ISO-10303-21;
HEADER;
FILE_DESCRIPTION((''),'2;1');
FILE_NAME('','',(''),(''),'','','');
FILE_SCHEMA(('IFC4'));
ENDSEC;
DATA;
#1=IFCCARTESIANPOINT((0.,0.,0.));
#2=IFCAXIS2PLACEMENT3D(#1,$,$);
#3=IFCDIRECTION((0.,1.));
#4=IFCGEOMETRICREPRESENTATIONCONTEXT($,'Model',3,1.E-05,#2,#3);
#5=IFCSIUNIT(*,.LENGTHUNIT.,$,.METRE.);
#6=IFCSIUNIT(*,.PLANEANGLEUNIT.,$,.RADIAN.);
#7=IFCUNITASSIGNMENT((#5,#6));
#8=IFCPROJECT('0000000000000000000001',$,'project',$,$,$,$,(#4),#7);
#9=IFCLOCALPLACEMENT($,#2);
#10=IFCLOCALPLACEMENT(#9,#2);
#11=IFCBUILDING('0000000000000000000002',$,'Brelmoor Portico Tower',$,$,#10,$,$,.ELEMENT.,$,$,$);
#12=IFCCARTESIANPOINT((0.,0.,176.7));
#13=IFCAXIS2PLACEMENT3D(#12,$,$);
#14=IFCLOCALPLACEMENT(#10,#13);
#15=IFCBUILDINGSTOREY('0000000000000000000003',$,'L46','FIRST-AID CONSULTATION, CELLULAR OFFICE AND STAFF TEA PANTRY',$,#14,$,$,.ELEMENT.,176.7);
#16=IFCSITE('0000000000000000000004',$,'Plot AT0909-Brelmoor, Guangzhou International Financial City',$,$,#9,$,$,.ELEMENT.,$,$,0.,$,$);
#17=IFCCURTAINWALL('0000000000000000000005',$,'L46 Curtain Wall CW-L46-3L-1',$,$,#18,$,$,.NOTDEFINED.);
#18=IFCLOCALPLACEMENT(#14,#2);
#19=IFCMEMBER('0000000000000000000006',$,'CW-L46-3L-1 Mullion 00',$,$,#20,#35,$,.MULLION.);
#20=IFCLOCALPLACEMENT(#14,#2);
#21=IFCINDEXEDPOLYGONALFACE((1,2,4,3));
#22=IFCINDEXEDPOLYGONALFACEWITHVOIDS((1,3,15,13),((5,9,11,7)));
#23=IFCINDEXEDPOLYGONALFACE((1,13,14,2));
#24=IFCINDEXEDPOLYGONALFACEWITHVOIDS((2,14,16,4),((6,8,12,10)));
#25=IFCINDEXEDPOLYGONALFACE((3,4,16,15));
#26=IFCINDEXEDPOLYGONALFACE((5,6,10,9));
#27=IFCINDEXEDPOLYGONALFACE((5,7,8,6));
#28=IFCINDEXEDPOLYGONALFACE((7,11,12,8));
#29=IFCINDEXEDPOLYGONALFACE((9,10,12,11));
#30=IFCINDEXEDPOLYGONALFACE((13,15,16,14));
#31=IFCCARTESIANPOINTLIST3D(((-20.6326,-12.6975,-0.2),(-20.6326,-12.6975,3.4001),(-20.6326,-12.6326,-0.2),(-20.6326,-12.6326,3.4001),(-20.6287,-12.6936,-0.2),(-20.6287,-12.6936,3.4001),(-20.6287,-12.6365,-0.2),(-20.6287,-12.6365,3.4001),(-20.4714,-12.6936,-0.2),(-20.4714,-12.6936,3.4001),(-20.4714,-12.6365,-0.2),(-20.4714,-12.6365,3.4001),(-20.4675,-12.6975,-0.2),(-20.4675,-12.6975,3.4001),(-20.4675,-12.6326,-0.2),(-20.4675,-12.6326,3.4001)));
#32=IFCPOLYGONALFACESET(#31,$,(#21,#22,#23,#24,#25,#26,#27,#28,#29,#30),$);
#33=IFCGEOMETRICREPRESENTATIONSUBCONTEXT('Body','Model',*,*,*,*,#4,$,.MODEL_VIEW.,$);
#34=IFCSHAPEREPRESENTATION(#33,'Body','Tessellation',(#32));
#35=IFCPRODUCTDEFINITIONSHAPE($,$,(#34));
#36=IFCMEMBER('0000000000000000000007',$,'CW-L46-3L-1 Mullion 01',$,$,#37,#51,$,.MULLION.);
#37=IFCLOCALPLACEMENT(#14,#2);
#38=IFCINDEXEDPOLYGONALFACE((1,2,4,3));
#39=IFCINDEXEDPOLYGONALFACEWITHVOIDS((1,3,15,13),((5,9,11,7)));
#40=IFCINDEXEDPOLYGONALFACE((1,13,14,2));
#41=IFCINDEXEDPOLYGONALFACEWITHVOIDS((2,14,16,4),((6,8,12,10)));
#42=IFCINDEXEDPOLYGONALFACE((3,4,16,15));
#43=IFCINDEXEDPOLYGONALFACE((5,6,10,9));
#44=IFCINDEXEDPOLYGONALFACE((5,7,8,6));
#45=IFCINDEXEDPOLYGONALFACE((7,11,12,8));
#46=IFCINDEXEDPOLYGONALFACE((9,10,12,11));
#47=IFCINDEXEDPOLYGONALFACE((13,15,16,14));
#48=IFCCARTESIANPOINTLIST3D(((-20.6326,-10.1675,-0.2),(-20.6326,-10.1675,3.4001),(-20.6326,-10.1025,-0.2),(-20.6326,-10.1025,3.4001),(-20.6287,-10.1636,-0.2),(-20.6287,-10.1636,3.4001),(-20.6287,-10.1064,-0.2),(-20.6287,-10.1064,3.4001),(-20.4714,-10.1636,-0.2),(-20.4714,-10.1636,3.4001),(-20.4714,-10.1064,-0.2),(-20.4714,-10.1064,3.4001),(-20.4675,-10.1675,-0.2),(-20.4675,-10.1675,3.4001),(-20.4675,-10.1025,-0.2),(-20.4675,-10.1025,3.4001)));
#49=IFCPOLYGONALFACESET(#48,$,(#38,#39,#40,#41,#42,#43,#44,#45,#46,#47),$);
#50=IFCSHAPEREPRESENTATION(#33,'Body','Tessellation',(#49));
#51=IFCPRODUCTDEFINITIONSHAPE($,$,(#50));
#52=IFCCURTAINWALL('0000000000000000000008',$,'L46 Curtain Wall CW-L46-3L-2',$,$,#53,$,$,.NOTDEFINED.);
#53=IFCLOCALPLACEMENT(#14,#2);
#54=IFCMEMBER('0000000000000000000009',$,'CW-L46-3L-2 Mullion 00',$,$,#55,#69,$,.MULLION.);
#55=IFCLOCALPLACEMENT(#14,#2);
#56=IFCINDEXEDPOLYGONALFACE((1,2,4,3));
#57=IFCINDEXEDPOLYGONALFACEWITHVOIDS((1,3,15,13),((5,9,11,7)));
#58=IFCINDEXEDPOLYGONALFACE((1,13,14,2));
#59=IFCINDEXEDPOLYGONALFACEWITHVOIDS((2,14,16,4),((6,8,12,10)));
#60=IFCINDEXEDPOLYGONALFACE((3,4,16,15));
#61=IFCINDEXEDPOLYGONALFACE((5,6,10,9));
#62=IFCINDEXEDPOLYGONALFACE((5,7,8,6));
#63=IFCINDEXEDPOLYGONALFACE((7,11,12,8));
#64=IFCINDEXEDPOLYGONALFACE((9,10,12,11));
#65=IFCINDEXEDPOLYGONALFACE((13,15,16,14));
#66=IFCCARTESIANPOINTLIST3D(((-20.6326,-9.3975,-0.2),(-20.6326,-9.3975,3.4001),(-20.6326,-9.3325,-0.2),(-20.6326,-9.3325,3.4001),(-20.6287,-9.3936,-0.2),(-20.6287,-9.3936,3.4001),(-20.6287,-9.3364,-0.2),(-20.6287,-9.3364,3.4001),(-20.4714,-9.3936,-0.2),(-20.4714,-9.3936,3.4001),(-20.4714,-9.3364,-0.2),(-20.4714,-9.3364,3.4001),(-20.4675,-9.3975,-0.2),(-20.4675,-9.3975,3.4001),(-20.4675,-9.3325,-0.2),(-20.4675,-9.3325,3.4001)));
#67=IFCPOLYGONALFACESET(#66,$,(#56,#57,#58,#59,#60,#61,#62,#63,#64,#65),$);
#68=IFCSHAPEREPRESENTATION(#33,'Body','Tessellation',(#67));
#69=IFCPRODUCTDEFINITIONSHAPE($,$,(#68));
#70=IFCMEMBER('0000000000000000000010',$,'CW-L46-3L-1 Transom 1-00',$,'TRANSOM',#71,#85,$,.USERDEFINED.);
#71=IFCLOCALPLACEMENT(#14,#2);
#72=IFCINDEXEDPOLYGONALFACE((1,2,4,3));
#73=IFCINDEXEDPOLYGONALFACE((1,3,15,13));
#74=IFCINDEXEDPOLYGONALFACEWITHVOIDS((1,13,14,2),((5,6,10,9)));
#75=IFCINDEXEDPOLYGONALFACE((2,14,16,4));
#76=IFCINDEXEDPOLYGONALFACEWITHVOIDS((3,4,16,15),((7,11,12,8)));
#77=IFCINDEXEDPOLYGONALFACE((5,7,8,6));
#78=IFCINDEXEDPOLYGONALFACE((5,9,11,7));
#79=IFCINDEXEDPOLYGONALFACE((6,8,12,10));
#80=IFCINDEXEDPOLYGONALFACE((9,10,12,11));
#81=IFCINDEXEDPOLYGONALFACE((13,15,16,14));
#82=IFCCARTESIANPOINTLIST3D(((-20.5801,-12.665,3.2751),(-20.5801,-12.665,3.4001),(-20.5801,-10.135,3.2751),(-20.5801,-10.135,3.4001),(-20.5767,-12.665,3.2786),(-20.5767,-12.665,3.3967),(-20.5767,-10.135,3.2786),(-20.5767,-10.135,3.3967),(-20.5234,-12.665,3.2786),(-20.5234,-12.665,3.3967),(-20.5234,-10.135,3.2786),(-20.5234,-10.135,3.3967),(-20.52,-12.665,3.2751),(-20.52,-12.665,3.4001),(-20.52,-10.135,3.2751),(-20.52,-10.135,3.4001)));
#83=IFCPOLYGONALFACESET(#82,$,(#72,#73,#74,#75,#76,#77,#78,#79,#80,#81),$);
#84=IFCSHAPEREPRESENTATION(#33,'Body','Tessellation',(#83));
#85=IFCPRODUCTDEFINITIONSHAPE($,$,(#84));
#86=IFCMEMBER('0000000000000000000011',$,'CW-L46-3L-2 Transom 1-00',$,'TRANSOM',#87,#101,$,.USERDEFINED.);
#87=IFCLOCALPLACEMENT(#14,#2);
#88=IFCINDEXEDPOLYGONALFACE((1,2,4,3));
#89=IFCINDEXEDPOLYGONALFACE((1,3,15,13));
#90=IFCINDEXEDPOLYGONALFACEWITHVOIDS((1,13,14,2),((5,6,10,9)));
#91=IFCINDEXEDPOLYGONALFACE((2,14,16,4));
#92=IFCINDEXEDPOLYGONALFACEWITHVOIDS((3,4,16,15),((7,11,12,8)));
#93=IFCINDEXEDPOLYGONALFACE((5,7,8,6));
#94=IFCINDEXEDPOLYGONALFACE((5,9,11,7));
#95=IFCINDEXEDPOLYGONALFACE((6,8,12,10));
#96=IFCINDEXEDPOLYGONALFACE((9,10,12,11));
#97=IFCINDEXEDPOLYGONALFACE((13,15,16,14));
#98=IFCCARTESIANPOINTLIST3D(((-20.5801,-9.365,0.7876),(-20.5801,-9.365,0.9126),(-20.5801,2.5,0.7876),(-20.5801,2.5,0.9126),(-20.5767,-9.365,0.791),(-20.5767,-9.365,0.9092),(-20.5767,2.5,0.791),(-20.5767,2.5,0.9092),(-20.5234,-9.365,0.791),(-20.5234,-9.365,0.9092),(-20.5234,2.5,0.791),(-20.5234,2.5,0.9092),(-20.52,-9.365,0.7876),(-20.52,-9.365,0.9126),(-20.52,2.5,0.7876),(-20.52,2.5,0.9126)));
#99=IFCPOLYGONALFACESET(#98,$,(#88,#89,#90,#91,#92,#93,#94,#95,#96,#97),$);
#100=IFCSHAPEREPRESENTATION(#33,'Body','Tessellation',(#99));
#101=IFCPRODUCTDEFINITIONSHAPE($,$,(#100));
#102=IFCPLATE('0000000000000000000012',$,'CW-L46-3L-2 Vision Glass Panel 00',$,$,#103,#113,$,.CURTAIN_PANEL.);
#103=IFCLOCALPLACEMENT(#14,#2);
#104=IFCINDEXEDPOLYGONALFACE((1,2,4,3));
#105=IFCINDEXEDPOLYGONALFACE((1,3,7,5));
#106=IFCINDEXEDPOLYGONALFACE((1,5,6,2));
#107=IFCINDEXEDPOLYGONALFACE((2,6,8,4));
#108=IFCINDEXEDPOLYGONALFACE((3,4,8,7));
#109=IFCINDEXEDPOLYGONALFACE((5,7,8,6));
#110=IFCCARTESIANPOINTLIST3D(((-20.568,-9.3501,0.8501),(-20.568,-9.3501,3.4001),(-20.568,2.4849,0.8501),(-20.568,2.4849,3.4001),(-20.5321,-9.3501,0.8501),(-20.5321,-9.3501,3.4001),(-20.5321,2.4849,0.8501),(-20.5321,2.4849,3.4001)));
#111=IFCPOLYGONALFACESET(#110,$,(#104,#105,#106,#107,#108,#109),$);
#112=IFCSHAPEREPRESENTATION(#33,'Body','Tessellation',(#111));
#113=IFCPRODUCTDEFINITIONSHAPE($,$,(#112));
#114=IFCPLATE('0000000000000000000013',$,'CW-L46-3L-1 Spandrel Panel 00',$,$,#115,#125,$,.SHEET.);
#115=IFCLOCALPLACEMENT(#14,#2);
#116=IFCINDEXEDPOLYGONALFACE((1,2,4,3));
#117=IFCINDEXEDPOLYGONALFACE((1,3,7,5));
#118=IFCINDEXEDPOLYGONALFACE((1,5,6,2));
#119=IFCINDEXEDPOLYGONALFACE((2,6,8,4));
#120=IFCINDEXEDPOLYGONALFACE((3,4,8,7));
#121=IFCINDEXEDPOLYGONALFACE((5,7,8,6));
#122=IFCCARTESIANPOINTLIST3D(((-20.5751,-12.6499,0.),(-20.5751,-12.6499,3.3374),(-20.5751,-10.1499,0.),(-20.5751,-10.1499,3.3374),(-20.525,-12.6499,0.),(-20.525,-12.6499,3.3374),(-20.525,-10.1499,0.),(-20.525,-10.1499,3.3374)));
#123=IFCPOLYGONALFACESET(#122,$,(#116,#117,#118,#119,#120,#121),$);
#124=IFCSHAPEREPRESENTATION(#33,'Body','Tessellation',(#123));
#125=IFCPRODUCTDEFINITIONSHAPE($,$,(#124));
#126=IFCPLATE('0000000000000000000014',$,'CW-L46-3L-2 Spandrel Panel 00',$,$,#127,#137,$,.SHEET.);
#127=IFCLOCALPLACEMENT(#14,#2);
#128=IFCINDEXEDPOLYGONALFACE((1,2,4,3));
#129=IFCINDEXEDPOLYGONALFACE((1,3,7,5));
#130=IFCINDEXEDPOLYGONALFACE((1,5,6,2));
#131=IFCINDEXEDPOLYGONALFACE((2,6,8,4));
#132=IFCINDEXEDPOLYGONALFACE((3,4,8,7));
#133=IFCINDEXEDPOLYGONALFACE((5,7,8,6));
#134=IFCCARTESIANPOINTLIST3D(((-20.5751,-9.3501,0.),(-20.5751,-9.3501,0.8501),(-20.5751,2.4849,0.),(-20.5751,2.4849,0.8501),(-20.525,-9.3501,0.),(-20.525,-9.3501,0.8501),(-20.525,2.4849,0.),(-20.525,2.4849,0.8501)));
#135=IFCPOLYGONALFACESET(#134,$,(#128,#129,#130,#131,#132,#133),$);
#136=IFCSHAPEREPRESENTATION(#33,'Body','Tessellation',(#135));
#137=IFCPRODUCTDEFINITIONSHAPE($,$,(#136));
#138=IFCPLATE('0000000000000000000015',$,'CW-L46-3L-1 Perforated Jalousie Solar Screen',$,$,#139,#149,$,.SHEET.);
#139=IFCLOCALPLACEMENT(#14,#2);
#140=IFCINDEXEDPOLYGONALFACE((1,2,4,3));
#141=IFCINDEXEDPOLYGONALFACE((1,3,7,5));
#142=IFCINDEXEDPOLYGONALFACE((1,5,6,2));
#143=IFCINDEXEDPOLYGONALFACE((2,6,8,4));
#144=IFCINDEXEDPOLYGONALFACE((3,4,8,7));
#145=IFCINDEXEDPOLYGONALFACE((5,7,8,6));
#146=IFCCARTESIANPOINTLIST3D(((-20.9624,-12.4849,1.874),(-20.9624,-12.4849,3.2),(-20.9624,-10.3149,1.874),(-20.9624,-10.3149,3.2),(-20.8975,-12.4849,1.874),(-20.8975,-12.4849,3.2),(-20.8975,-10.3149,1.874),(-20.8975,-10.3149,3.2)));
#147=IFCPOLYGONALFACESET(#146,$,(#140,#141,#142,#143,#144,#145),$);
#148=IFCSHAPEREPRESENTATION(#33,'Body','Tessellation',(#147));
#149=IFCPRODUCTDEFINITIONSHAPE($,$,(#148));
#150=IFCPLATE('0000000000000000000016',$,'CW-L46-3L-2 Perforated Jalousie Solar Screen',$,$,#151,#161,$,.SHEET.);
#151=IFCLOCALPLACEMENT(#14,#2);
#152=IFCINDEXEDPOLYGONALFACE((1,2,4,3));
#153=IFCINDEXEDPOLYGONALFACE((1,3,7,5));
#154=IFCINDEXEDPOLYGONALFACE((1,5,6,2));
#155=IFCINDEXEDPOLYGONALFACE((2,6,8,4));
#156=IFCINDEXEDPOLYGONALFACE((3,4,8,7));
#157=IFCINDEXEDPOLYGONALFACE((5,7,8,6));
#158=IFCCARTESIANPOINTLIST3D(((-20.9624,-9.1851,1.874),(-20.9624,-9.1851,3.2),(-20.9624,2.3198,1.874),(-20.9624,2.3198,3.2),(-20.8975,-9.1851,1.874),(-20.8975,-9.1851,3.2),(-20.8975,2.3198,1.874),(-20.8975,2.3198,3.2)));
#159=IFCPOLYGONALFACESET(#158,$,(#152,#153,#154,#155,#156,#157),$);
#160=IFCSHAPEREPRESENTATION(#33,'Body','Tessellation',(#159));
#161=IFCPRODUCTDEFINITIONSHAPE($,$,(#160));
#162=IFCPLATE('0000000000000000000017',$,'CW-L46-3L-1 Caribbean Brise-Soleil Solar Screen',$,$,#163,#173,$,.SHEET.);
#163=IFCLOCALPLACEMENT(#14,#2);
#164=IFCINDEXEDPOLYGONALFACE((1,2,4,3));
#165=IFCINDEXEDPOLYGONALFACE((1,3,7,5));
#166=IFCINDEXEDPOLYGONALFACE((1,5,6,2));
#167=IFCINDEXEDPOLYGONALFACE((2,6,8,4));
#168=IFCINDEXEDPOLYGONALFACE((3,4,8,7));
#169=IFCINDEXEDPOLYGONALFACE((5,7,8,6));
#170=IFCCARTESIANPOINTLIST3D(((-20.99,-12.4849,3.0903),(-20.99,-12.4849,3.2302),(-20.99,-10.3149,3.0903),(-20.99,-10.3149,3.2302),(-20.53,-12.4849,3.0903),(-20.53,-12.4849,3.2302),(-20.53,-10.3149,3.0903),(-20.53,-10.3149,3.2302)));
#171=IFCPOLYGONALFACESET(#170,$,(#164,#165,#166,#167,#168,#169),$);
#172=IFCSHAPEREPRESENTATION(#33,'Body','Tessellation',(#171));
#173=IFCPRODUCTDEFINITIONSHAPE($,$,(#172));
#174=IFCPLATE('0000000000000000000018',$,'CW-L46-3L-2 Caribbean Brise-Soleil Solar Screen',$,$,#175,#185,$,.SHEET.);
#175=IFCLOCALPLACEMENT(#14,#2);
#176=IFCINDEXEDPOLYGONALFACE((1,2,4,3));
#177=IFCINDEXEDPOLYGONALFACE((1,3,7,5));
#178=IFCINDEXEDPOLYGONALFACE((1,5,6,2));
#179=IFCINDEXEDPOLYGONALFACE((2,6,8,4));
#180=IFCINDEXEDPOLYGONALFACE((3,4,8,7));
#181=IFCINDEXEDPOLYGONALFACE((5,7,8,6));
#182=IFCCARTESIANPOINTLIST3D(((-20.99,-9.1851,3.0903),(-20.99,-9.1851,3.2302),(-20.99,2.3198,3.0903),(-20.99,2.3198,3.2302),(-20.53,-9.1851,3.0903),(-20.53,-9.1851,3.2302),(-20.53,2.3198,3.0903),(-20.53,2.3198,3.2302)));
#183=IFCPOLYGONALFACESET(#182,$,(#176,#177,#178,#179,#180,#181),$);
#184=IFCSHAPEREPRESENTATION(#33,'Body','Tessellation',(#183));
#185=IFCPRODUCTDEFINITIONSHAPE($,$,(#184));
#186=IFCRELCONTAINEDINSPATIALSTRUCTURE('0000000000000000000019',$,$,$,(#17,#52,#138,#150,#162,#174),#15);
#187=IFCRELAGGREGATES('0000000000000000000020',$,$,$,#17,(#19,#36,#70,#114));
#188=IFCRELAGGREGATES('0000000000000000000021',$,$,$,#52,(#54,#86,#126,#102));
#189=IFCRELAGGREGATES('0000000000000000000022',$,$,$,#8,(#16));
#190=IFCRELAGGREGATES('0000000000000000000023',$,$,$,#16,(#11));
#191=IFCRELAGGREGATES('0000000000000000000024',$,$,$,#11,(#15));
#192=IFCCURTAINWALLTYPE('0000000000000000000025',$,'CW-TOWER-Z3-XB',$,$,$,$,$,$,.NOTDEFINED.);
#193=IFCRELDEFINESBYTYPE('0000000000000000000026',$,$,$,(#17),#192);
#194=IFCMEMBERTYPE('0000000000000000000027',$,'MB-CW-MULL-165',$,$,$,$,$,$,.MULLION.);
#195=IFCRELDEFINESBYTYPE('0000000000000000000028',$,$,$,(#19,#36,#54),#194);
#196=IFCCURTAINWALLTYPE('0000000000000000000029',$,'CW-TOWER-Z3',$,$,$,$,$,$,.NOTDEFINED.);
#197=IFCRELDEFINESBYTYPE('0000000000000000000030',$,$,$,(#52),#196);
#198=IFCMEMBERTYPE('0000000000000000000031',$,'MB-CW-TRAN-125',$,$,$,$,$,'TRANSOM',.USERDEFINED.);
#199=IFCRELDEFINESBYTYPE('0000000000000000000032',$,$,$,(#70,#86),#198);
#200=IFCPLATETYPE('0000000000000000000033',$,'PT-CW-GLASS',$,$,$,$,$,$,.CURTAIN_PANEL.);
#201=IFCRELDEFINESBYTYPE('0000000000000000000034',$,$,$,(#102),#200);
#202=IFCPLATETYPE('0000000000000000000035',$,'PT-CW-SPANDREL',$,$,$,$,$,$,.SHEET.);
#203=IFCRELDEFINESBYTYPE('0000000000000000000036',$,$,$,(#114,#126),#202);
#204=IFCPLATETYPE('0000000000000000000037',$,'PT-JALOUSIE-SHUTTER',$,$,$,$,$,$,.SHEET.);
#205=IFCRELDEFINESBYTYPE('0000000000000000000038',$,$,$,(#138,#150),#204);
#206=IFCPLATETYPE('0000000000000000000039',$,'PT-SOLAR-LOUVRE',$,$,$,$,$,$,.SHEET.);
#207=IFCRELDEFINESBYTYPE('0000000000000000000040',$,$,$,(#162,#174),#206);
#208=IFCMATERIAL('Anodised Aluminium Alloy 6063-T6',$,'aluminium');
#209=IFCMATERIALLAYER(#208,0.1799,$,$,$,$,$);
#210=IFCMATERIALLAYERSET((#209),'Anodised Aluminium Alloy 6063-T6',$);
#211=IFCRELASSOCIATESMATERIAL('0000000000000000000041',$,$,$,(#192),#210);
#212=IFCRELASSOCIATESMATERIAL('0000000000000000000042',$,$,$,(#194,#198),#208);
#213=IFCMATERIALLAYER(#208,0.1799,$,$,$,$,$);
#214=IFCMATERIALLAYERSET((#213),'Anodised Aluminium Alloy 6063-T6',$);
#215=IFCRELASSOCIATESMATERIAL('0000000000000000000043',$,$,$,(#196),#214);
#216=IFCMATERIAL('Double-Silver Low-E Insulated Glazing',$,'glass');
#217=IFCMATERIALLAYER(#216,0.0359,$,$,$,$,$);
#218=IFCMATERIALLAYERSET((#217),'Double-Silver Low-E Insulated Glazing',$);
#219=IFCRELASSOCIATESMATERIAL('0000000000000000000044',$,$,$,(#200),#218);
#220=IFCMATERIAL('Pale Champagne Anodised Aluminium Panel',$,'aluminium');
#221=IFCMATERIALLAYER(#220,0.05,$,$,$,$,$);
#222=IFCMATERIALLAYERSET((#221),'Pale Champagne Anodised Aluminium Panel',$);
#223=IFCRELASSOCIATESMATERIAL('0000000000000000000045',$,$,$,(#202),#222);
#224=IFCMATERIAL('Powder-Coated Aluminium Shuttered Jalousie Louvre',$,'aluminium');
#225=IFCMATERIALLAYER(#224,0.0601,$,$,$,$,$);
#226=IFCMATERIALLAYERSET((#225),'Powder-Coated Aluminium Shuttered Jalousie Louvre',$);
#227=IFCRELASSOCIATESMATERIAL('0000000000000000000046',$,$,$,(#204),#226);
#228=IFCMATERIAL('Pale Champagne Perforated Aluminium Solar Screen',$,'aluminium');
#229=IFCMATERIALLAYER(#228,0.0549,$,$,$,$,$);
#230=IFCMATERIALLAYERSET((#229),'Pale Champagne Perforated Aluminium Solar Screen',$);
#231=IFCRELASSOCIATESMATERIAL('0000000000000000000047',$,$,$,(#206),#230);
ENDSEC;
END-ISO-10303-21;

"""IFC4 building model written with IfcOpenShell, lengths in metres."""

from ifc_helpers import new_model, si_unit, direction, frame, origin, origin_2d, place, context, subcontext, project, spatial, rectangle, hollow_rectangle, extrude, material, layer, layer_set, material_profile, profile_set, type_object, element, aggregate, save


model = new_model("IFC4")

# Units and contexts
model_context = context("Model", 3, precision=1e-05, world=origin(), true_north=direction((0.0, 1.0)))
body_context = subcontext(model_context, "Body", "Model", "MODEL_VIEW")
ifc_project = project(units=[si_unit("LENGTHUNIT", "METRE"), si_unit("PLANEANGLEUNIT", "RADIAN")], contexts=[model_context])

# Site, building, storey
site_placement = place(None, origin())
site = spatial("IfcSite", under=ifc_project, at=site_placement, Name="Plot AT0909-Brelmoor, Guangzhou International Financial City", CompositionType="ELEMENT", RefElevation=0.0)
building_placement = place(site_placement, origin())
building = spatial("IfcBuilding", under=site, at=building_placement, Name="Brelmoor Portico Tower", CompositionType="ELEMENT")
storey_placement = place(building_placement, frame((0.0, 0.0, 176.7)))
storey = spatial("IfcBuildingStorey", under=building, at=storey_placement, Name="L46", Description="FIRST-AID CONSULTATION, CELLULAR OFFICE AND STAFF TEA PANTRY", CompositionType="ELEMENT", Elevation=176.7)

# Curtain wall, members
ifc_material_1 = material(Name="Anodised Aluminium Alloy 6063-T6", Category="aluminium")
ifc_layer_1 = layer(ifc_material_1, 0.1799)
ifc_layer_set_1 = layer_set([ifc_layer_1], Name="Anodised Aluminium Alloy 6063-T6")
curtain_wall_type_1 = type_object("IfcCurtainWallType", Name="CW-TOWER-Z3-XB", PredefinedType="NOTDEFINED", material=ifc_layer_set_1)
curtain_wall_1_placement = place(storey_placement, origin())
curtain_wall_1 = element("IfcCurtainWall", 1, at=curtain_wall_1_placement, inside=storey, type_object=curtain_wall_type_1, Name="L46 Curtain Wall CW-L46-3L-1", PredefinedType="NOTDEFINED")
ifc_material_profile_1 = material_profile(ifc_material_1, hollow_rectangle(XDim=0.0649, YDim=0.165, WallThickness=0.0039, at=origin_2d()), Name="ALU MULLION 65x165")
ifc_profile_set_1 = profile_set([ifc_material_profile_1], Name="Anodised Aluminium Alloy 6063-T6")
member_type_1 = type_object("IfcMemberType", Name="MB-CW-MULL-165", PredefinedType="MULLION", material=ifc_profile_set_1)
member_1_placement = place(storey_placement, frame((-20.55, -12.665, -0.2), z_axis=(0.0, 0.0, 1.0), x_axis=(0.0, 1.0, 0.0)))
member_1 = element("IfcMember", 2, at=member_1_placement, type_object=member_type_1, Name="CW-L46-3L-1 Mullion 00", PredefinedType="MULLION", context=body_context, shape_type="SweptSolid", body=[
    extrude(hollow_rectangle(XDim=0.0649, YDim=0.165, WallThickness=0.0039, at=origin_2d()), origin(), (0.0, 0.0, 1.0), 3.6001),
])
member_2_placement = place(storey_placement, frame((-20.55, -10.135, -0.2), z_axis=(0.0, 0.0, 1.0), x_axis=(0.0, 1.0, 0.0)))
member_2 = element("IfcMember", 3, at=member_2_placement, type_object=member_type_1, Name="CW-L46-3L-1 Mullion 01", PredefinedType="MULLION", context=body_context, shape_type="SweptSolid", body=[
    extrude(hollow_rectangle(XDim=0.0649, YDim=0.165, WallThickness=0.0039, at=origin_2d()), origin(), (0.0, 0.0, 1.0), 3.6001),
])

# Curtain wall, member
ifc_layer_2 = layer(ifc_material_1, 0.1799)
ifc_layer_set_2 = layer_set([ifc_layer_2], Name="Anodised Aluminium Alloy 6063-T6")
curtain_wall_type_2 = type_object("IfcCurtainWallType", Name="CW-TOWER-Z3", PredefinedType="NOTDEFINED", material=ifc_layer_set_2)
curtain_wall_2_placement = place(storey_placement, origin())
curtain_wall_2 = element("IfcCurtainWall", 4, at=curtain_wall_2_placement, inside=storey, type_object=curtain_wall_type_2, Name="L46 Curtain Wall CW-L46-3L-2", PredefinedType="NOTDEFINED")
member_3_placement = place(storey_placement, frame((-20.55, -9.365, -0.2), z_axis=(0.0, 0.0, 1.0), x_axis=(0.0, 1.0, 0.0)))
member_3 = element("IfcMember", 5, at=member_3_placement, type_object=member_type_1, Name="CW-L46-3L-2 Mullion 00", PredefinedType="MULLION", context=body_context, shape_type="SweptSolid", body=[
    extrude(hollow_rectangle(XDim=0.0649, YDim=0.165, WallThickness=0.0039, at=origin_2d()), origin(), (0.0, 0.0, 1.0), 3.6001),
])

# Members
ifc_material_profile_2 = material_profile(ifc_material_1, hollow_rectangle(XDim=0.0601, YDim=0.125, WallThickness=0.0034, at=origin_2d()), Name="ALU TRANSOM 60x125")
ifc_profile_set_2 = profile_set([ifc_material_profile_2], Name="Anodised Aluminium Alloy 6063-T6")
member_type_2 = type_object("IfcMemberType", Name="MB-CW-TRAN-125", ElementType="TRANSOM", PredefinedType="USERDEFINED", material=ifc_profile_set_2)
member_4_placement = place(storey_placement, frame((-20.55, -12.665, 3.3376), z_axis=(0.0, 1.0, 0.0), x_axis=(-1.0, 0.0, 0.0)))
member_4 = element("IfcMember", 6, at=member_4_placement, type_object=member_type_2, Name="CW-L46-3L-1 Transom 1-00", ObjectType="TRANSOM", PredefinedType="USERDEFINED", context=body_context, shape_type="SweptSolid", body=[
    extrude(hollow_rectangle(XDim=0.0601, YDim=0.125, WallThickness=0.0034, at=origin_2d()), origin(), (0.0, 0.0, 1.0), 2.53),
])
member_5_placement = place(storey_placement, frame((-20.55, -9.365, 0.8501), z_axis=(0.0, 1.0, 0.0), x_axis=(-1.0, 0.0, 0.0)))
member_5 = element("IfcMember", 7, at=member_5_placement, type_object=member_type_2, Name="CW-L46-3L-2 Transom 1-00", ObjectType="TRANSOM", PredefinedType="USERDEFINED", context=body_context, shape_type="SweptSolid", body=[
    extrude(hollow_rectangle(XDim=0.0601, YDim=0.125, WallThickness=0.0034, at=origin_2d()), origin(), (0.0, 0.0, 1.0), 11.865),
])

# Plates
ifc_material_2 = material(Name="Double-Silver Low-E Insulated Glazing", Category="glass")
ifc_layer_3 = layer(ifc_material_2, 0.0359)
ifc_layer_set_3 = layer_set([ifc_layer_3], Name="Double-Silver Low-E Insulated Glazing")
plate_type_1 = type_object("IfcPlateType", Name="PT-CW-GLASS", PredefinedType="CURTAIN_PANEL", material=ifc_layer_set_3)
plate_1_placement = place(storey_placement, frame((-20.55, -3.4326, 0.8501), z_axis=(0.0, 0.0, 1.0), x_axis=(0.0, 1.0, 0.0)))
plate_1 = element("IfcPlate", 8, at=plate_1_placement, type_object=plate_type_1, Name="CW-L46-3L-2 Vision Glass Panel 00", PredefinedType="CURTAIN_PANEL", context=body_context, shape_type="SweptSolid", body=[
    extrude(rectangle(XDim=11.835, YDim=0.0359, at=origin_2d()), origin(), (0.0, 0.0, 1.0), 2.55),
])
ifc_material_3 = material(Name="Pale Champagne Anodised Aluminium Panel", Category="aluminium")
ifc_layer_4 = layer(ifc_material_3, 0.05)
ifc_layer_set_4 = layer_set([ifc_layer_4], Name="Pale Champagne Anodised Aluminium Panel")
plate_type_2 = type_object("IfcPlateType", Name="PT-CW-SPANDREL", PredefinedType="SHEET", material=ifc_layer_set_4)
plate_2_placement = place(storey_placement, frame((-20.55, -11.3999, 0.0), z_axis=(0.0, 0.0, 1.0), x_axis=(0.0, 1.0, 0.0)))
plate_2 = element("IfcPlate", 9, at=plate_2_placement, type_object=plate_type_2, Name="CW-L46-3L-1 Spandrel Panel 00", PredefinedType="SHEET", context=body_context, shape_type="SweptSolid", body=[
    extrude(rectangle(XDim=2.5, YDim=0.05, at=origin_2d()), origin(), (0.0, 0.0, 1.0), 3.3374),
])
aggregate(curtain_wall_1, [member_1, member_2, member_4, plate_2])
plate_3_placement = place(storey_placement, frame((-20.55, -3.4326, 0.0), z_axis=(0.0, 0.0, 1.0), x_axis=(0.0, 1.0, 0.0)))
plate_3 = element("IfcPlate", 10, at=plate_3_placement, type_object=plate_type_2, Name="CW-L46-3L-2 Spandrel Panel 00", PredefinedType="SHEET", context=body_context, shape_type="SweptSolid", body=[
    extrude(rectangle(XDim=11.835, YDim=0.05, at=origin_2d()), origin(), (0.0, 0.0, 1.0), 0.8501),
])
aggregate(curtain_wall_2, [member_3, member_5, plate_3, plate_1])

# Plates
ifc_material_4 = material(Name="Powder-Coated Aluminium Shuttered Jalousie Louvre", Category="aluminium")
ifc_layer_5 = layer(ifc_material_4, 0.0601)
ifc_layer_set_5 = layer_set([ifc_layer_5], Name="Powder-Coated Aluminium Shuttered Jalousie Louvre")
plate_type_3 = type_object("IfcPlateType", Name="PT-JALOUSIE-SHUTTER", PredefinedType="SHEET", material=ifc_layer_set_5)
plate_4_placement = place(storey_placement, frame((-20.9299, -11.3999, 1.874), z_axis=(0.0, 0.0, 1.0), x_axis=(0.0, 1.0, 0.0)))
element("IfcPlate", 11, at=plate_4_placement, inside=storey, type_object=plate_type_3, Name="CW-L46-3L-1 Perforated Jalousie Solar Screen", PredefinedType="SHEET", context=body_context, shape_type="SweptSolid", body=[
    extrude(rectangle(XDim=2.1699, YDim=0.0649, at=origin_2d()), origin(), (0.0, 0.0, 1.0), 1.3259),
])
plate_5_placement = place(storey_placement, frame((-20.9299, -3.4326, 1.874), z_axis=(0.0, 0.0, 1.0), x_axis=(0.0, 1.0, 0.0)))
element("IfcPlate", 12, at=plate_5_placement, inside=storey, type_object=plate_type_3, Name="CW-L46-3L-2 Perforated Jalousie Solar Screen", PredefinedType="SHEET", context=body_context, shape_type="SweptSolid", body=[
    extrude(rectangle(XDim=11.5049, YDim=0.0649, at=origin_2d()), origin(), (0.0, 0.0, 1.0), 1.3259),
])
ifc_material_5 = material(Name="Pale Champagne Perforated Aluminium Solar Screen", Category="aluminium")
ifc_layer_6 = layer(ifc_material_5, 0.0549)
ifc_layer_set_6 = layer_set([ifc_layer_6], Name="Pale Champagne Perforated Aluminium Solar Screen")
plate_type_4 = type_object("IfcPlateType", Name="PT-SOLAR-LOUVRE", PredefinedType="SHEET", material=ifc_layer_set_6)
plate_6_placement = place(storey_placement, frame((-20.76, -11.3999, 3.0903), z_axis=(0.0, 0.0, 1.0), x_axis=(0.0, 1.0, 0.0)))
element("IfcPlate", 13, at=plate_6_placement, inside=storey, type_object=plate_type_4, Name="CW-L46-3L-1 Caribbean Brise-Soleil Solar Screen", PredefinedType="SHEET", context=body_context, shape_type="SweptSolid", body=[
    extrude(rectangle(XDim=2.1699, YDim=0.46, at=origin_2d()), origin(), (0.0, 0.0, 1.0), 0.1399),
])
plate_7_placement = place(storey_placement, frame((-20.76, -3.4326, 3.0903), z_axis=(0.0, 0.0, 1.0), x_axis=(0.0, 1.0, 0.0)))
element("IfcPlate", 14, at=plate_7_placement, inside=storey, type_object=plate_type_4, Name="CW-L46-3L-2 Caribbean Brise-Soleil Solar Screen", PredefinedType="SHEET", context=body_context, shape_type="SweptSolid", body=[
    extrude(rectangle(XDim=11.5049, YDim=0.46, at=origin_2d()), origin(), (0.0, 0.0, 1.0), 0.1399),
])

save(model, "model.ifc")
